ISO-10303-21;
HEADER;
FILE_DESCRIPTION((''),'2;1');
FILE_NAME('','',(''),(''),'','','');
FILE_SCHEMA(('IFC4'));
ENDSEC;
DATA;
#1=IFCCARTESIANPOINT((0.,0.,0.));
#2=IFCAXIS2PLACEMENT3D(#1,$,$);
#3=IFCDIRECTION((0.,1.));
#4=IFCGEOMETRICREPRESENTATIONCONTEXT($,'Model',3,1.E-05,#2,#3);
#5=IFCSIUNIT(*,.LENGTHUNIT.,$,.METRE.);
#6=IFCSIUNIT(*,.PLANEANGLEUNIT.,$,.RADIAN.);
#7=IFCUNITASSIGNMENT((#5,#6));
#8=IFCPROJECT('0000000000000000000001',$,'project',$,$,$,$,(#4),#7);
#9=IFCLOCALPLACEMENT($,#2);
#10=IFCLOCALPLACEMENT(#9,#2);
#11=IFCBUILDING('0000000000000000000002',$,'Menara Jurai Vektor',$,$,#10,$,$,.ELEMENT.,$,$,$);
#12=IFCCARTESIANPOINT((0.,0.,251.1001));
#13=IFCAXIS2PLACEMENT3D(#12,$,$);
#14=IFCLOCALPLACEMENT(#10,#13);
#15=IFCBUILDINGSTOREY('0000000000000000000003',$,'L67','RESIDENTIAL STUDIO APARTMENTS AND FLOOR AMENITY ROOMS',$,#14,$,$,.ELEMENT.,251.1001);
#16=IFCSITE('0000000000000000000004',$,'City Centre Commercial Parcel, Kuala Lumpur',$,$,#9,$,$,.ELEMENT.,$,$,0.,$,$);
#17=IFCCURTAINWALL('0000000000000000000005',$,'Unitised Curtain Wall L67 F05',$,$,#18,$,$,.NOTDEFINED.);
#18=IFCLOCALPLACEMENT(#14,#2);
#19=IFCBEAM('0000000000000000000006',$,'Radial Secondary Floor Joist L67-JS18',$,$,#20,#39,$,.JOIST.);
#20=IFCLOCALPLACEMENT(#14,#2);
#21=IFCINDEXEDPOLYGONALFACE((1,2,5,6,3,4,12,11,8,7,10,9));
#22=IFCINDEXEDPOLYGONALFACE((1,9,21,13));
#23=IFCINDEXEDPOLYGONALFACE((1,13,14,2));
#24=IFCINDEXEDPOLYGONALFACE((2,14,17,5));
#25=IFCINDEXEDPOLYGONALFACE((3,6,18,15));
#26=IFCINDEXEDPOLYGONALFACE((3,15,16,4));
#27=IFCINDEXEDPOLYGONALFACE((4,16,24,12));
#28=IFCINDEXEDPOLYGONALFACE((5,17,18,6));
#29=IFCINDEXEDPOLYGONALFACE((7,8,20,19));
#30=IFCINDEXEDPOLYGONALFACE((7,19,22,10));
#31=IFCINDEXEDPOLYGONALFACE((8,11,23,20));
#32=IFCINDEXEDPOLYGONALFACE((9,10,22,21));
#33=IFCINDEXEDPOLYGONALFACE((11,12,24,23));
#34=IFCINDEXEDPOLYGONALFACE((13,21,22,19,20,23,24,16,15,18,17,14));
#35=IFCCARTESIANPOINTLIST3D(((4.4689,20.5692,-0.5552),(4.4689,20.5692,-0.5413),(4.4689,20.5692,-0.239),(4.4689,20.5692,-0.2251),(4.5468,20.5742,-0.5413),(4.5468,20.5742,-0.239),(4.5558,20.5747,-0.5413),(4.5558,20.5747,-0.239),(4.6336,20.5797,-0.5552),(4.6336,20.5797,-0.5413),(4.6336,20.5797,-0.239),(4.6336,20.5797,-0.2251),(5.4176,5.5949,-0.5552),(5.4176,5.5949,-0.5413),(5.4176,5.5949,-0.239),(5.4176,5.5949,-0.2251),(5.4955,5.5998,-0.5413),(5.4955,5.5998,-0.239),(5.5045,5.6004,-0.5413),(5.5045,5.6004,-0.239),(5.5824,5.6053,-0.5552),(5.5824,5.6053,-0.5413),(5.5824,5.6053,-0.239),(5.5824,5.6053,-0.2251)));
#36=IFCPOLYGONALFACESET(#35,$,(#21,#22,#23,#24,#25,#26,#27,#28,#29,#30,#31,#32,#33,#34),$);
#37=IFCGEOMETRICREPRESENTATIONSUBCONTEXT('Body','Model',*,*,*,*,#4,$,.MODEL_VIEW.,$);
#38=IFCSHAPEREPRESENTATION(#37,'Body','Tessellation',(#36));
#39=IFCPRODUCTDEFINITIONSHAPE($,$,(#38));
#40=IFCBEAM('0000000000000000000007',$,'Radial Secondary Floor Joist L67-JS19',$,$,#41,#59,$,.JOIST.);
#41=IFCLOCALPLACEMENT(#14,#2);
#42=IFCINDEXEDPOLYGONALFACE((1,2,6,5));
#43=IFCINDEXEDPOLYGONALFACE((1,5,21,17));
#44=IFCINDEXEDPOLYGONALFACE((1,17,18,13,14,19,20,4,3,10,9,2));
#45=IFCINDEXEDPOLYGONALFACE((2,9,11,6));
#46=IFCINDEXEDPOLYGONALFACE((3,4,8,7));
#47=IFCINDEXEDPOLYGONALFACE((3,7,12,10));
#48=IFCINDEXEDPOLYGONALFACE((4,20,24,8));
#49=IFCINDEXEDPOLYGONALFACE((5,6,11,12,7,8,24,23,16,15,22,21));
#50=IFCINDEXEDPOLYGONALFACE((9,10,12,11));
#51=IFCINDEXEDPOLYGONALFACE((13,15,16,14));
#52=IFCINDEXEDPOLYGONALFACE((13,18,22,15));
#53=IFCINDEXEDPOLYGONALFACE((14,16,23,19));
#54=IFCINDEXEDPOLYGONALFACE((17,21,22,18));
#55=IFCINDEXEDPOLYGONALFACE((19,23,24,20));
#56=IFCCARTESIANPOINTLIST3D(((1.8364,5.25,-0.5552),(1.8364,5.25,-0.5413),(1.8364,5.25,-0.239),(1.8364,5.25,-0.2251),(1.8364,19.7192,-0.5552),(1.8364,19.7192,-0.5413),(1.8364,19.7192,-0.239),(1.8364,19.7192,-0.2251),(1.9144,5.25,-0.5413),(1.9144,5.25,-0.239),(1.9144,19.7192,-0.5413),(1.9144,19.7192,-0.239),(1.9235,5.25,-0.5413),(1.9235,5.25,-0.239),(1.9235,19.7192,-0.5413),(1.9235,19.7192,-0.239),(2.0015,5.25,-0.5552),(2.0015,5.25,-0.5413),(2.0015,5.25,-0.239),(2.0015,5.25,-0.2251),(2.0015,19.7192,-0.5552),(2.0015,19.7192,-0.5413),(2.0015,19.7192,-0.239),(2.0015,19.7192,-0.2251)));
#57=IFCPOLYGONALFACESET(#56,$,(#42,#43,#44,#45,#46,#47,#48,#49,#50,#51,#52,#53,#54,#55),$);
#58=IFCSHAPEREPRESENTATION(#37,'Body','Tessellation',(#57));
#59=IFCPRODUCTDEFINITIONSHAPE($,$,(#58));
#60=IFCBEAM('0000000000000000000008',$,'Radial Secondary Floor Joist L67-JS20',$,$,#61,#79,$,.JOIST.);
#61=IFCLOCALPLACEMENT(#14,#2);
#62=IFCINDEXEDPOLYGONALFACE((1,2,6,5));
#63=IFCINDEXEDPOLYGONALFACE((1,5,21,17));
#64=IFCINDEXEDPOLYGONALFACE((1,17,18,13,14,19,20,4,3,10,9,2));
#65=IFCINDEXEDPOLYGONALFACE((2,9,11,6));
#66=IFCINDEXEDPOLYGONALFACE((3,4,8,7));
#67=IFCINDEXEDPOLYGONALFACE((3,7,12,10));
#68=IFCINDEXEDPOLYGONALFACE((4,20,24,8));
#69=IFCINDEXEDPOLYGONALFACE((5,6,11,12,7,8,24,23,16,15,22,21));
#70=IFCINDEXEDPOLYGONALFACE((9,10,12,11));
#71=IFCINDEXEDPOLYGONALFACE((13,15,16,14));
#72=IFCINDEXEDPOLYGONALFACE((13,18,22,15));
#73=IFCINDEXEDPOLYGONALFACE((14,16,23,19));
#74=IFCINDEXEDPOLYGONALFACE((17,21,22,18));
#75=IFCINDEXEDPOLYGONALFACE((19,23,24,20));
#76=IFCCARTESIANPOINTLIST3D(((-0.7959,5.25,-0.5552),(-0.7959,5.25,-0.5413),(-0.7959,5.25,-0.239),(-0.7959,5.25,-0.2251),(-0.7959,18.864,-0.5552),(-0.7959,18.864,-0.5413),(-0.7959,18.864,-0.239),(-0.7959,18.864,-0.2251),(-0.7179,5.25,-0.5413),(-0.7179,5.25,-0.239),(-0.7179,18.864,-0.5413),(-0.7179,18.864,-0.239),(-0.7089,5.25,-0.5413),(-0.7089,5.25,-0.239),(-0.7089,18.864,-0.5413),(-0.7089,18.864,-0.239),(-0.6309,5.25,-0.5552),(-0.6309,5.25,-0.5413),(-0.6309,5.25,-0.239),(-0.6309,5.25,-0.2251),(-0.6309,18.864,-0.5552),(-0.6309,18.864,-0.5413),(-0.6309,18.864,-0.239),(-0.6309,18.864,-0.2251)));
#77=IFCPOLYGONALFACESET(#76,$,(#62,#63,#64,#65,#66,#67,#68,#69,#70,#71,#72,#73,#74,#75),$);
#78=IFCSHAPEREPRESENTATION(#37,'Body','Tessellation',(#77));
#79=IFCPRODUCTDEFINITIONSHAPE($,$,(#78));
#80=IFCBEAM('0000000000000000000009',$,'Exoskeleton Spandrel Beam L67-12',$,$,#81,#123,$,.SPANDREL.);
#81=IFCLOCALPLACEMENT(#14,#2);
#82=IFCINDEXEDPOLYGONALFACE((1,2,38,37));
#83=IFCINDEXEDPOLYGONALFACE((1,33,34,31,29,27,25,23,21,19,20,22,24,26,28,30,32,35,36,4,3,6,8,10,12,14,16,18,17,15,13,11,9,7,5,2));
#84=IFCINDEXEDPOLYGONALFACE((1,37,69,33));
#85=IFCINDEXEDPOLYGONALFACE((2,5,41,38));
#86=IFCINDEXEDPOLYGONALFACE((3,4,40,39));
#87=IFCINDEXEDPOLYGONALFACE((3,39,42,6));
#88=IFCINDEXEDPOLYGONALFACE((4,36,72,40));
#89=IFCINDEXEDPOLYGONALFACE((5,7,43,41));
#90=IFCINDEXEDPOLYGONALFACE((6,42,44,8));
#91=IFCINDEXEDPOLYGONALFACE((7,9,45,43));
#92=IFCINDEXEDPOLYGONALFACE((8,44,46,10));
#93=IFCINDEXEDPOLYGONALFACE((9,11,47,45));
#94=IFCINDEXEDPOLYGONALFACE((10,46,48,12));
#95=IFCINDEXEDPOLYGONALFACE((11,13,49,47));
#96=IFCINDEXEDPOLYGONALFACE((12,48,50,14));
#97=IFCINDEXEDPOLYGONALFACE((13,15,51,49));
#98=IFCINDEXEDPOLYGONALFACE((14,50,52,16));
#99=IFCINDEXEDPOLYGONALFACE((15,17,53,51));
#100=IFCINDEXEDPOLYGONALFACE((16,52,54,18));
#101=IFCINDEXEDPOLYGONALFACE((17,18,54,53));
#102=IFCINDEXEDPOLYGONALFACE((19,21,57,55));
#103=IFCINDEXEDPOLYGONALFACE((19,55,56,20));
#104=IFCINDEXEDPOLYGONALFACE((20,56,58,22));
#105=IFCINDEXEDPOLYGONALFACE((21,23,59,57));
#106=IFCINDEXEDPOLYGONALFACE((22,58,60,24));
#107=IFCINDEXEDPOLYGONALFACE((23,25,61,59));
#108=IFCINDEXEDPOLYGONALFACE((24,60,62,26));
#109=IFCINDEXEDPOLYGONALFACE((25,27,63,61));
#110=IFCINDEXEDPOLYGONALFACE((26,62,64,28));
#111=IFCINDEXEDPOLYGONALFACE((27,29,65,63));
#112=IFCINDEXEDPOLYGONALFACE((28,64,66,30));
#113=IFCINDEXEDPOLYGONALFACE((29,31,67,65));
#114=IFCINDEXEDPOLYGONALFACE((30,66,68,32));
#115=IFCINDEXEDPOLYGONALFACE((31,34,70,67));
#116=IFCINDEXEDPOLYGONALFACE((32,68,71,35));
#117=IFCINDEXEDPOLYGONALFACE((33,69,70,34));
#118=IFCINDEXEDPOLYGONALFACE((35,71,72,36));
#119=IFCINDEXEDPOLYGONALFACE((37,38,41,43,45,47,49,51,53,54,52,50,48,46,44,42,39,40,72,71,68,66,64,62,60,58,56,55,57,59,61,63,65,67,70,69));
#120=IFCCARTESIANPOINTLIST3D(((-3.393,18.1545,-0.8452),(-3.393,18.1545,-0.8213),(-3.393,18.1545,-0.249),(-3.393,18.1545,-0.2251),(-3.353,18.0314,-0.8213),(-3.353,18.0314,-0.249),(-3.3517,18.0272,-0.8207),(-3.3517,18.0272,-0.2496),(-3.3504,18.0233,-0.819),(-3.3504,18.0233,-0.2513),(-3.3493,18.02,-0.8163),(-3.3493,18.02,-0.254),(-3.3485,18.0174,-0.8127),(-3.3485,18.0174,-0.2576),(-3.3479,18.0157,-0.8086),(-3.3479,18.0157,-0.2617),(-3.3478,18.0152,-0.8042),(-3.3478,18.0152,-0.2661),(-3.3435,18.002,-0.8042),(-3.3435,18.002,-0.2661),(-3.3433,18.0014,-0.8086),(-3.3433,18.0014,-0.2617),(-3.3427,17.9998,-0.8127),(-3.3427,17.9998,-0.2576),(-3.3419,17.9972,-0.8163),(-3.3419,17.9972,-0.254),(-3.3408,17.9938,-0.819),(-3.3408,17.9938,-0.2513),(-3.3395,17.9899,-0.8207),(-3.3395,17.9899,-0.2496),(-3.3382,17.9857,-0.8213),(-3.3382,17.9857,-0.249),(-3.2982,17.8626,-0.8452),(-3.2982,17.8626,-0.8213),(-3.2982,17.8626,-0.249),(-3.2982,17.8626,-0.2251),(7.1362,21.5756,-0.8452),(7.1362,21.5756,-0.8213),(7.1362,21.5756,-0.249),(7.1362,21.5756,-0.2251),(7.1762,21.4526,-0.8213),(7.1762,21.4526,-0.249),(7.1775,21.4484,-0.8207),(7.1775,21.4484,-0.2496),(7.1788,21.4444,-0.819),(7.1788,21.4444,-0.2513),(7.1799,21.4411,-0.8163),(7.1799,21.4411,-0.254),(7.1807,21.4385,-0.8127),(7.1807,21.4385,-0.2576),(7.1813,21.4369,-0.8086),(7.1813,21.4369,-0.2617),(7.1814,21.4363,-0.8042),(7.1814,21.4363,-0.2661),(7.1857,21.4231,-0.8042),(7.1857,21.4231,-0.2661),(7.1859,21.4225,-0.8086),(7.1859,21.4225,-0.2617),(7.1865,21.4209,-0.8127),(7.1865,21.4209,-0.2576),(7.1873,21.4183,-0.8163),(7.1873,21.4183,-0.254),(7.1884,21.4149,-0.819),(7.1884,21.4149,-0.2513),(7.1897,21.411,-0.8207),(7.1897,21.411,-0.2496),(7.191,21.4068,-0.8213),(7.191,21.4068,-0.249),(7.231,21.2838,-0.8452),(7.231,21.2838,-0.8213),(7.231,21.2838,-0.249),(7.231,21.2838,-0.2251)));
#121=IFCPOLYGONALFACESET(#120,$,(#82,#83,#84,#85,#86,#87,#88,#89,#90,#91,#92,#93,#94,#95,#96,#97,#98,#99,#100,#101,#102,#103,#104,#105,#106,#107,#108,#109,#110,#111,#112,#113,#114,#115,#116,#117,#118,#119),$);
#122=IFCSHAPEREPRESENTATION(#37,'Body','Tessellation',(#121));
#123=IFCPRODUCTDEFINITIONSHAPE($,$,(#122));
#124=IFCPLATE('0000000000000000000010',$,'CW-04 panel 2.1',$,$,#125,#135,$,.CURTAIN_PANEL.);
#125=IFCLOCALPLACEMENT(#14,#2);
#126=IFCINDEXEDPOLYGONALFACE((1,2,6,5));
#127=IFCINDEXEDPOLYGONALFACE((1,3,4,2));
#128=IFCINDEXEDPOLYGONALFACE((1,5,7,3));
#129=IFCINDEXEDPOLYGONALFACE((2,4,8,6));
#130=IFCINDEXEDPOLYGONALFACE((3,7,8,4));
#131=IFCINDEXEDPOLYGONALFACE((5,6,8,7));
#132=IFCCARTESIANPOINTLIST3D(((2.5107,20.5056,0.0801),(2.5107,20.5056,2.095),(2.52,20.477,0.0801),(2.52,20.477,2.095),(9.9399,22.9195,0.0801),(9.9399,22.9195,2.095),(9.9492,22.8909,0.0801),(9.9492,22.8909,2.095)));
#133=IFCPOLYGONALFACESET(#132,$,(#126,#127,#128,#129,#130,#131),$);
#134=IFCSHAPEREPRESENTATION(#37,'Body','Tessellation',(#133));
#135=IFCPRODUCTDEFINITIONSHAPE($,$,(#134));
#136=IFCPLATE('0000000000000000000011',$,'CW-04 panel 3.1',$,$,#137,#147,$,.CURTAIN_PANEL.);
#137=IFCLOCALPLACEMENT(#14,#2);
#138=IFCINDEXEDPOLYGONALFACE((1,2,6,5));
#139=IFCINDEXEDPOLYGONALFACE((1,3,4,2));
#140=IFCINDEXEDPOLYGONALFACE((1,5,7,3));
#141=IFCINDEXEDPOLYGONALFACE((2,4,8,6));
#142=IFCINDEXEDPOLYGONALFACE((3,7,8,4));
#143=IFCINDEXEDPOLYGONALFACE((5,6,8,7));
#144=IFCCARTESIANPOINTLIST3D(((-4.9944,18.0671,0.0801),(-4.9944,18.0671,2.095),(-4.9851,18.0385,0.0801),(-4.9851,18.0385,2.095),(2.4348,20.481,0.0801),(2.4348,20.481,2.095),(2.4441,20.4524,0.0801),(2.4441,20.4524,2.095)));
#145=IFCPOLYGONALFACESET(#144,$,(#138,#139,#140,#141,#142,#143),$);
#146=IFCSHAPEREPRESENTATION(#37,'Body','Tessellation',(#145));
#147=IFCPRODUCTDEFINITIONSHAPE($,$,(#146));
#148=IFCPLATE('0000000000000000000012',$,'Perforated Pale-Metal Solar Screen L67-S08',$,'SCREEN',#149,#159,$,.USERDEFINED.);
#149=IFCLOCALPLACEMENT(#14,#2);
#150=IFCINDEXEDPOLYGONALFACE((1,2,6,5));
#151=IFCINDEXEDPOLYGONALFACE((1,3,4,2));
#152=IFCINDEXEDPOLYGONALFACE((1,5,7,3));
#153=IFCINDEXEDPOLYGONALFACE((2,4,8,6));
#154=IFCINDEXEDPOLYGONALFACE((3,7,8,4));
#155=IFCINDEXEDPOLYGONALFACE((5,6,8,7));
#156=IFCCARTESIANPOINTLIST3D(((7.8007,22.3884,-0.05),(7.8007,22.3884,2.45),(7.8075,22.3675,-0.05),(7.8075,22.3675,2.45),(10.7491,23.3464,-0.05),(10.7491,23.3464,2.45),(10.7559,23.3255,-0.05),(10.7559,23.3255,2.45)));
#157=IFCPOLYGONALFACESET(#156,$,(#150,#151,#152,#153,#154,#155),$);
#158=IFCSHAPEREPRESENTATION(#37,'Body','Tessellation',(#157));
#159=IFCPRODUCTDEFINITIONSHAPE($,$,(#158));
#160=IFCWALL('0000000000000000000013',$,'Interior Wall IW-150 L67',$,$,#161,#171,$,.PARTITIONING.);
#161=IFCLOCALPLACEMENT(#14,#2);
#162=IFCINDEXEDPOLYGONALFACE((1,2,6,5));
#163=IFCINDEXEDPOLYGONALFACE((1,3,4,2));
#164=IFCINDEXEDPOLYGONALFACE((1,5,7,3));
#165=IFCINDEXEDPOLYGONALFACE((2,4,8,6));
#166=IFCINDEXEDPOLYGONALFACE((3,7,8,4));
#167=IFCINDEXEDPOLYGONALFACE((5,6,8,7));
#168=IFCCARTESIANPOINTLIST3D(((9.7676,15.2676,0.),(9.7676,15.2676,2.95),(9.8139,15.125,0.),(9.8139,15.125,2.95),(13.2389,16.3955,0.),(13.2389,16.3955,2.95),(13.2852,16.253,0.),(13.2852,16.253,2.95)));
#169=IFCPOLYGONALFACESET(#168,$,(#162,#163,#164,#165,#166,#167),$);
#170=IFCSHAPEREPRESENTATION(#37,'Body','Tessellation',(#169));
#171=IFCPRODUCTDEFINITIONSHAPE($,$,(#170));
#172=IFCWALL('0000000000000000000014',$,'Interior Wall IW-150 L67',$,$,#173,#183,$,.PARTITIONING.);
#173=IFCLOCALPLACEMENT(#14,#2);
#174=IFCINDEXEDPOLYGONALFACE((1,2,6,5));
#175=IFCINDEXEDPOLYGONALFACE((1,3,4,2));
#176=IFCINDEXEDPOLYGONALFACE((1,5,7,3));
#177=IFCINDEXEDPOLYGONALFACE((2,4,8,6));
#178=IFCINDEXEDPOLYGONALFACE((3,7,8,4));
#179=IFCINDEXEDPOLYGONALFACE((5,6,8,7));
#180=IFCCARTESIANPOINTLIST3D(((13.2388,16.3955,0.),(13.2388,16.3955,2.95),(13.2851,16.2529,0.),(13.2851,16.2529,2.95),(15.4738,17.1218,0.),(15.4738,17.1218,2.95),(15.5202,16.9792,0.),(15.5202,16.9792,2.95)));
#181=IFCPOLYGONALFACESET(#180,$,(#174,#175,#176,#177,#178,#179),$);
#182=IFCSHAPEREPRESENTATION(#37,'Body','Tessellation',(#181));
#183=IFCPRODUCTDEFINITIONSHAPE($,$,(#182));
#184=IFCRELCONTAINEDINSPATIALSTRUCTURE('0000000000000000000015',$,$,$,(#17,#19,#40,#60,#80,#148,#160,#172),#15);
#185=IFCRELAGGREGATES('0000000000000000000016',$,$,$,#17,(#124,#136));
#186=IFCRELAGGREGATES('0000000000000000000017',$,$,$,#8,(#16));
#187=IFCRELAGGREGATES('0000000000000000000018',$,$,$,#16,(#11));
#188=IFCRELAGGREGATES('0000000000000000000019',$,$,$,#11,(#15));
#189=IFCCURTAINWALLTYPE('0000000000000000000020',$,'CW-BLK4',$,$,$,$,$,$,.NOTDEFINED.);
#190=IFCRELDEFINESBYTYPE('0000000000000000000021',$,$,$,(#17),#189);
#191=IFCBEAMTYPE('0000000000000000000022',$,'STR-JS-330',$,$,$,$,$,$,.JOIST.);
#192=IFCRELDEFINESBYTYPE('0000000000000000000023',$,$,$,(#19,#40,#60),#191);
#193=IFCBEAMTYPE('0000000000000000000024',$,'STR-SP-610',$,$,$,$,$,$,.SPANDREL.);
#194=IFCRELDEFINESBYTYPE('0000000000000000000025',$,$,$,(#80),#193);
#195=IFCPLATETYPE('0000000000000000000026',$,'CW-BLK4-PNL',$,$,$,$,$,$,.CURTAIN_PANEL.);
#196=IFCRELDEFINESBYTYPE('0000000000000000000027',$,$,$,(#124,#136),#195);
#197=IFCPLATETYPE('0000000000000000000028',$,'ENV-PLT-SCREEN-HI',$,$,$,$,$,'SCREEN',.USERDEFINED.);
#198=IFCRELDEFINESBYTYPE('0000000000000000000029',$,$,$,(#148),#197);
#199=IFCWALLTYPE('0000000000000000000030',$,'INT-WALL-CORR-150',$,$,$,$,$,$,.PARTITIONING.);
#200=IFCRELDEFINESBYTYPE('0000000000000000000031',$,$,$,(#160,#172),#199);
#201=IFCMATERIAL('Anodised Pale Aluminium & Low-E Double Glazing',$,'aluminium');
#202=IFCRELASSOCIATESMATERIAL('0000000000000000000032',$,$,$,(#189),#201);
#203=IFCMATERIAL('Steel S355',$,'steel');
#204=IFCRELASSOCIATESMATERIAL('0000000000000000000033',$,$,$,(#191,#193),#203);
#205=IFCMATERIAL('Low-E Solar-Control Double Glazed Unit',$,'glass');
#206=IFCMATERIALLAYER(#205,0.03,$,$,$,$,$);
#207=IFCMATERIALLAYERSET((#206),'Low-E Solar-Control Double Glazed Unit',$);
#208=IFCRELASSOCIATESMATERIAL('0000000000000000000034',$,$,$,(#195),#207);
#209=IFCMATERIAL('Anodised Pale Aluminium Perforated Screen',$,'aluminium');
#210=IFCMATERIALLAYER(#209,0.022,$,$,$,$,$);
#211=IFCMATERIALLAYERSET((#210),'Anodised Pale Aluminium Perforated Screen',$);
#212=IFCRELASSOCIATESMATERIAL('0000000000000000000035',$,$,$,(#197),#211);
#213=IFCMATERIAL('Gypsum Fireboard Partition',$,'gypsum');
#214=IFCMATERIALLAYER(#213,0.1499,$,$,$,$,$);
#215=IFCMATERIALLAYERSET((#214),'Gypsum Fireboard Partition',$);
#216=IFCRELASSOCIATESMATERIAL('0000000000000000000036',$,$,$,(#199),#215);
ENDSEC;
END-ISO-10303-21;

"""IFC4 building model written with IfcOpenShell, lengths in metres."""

from ifc_helpers import new_model, si_unit, direction, frame, frame_2d, origin, origin_2d, place, context, subcontext, project, spatial, rectangle, i_section, extrude, material, layer, layer_set, material_profile, profile_set, type_object, element, aggregate, save


model = new_model("IFC4")

# Units and contexts
model_context = context("Model", 3, precision=1e-05, world=origin(), true_north=direction((0.0, 1.0)))
body_context = subcontext(model_context, "Body", "Model", "MODEL_VIEW")
ifc_project = project(units=[si_unit("LENGTHUNIT", "METRE"), si_unit("PLANEANGLEUNIT", "RADIAN")], contexts=[model_context])

# Site, building, storey
site_placement = place(None, origin())
site = spatial("IfcSite", under=ifc_project, at=site_placement, Name="City Centre Commercial Parcel, Kuala Lumpur", CompositionType="ELEMENT", RefElevation=0.0)
building_placement = place(site_placement, origin())
building = spatial("IfcBuilding", under=site, at=building_placement, Name="Menara Jurai Vektor", CompositionType="ELEMENT")
storey_placement = place(building_placement, frame((0.0, 0.0, 251.1001)))
storey = spatial("IfcBuildingStorey", under=building, at=storey_placement, Name="L67", Description="RESIDENTIAL STUDIO APARTMENTS AND FLOOR AMENITY ROOMS", CompositionType="ELEMENT", Elevation=251.1001)

# Curtain wall
ifc_material_1 = material(Name="Anodised Pale Aluminium & Low-E Double Glazing", Category="aluminium")
curtain_wall_type = type_object("IfcCurtainWallType", Name="CW-BLK4", PredefinedType="NOTDEFINED", material=ifc_material_1)
curtain_wall_placement = place(storey_placement, origin())
curtain_wall = element("IfcCurtainWall", 1, at=curtain_wall_placement, inside=storey, type_object=curtain_wall_type, Name="Unitised Curtain Wall L67 F05", PredefinedType="NOTDEFINED")

# Beams
ifc_material_2 = material(Name="Steel S355", Category="steel")
ifc_material_profile_1 = material_profile(ifc_material_2, i_section(OverallWidth=0.165, OverallDepth=0.3301, WebThickness=0.009, FlangeThickness=0.0139, at=origin_2d()), Name="PG 330x165x46")
ifc_profile_set_1 = profile_set([ifc_material_profile_1], Name="Steel S355")
beam_type_1 = type_object("IfcBeamType", Name="STR-JS-330", PredefinedType="JOIST", material=ifc_profile_set_1)
beam_1_placement = place(storey_placement, frame((4.5513, 20.5745, -0.3901), z_axis=(0.06323, -0.997999, 0.0), x_axis=(0.997999, 0.06323, 0.0)))
element("IfcBeam", 2, at=beam_1_placement, inside=storey, type_object=beam_type_1, Name="Radial Secondary Floor Joist L67-JS18", PredefinedType="JOIST", context=body_context, shape_type="SweptSolid", body=[
    extrude(i_section(OverallWidth=0.165, OverallDepth=0.3301, WebThickness=0.009, FlangeThickness=0.0139, at=origin_2d()), origin(), (0.0, 0.0, 1.0), 15.0044),
])
beam_2_placement = place(storey_placement, frame((1.9189, 19.7192, -0.3901), z_axis=(0.0, -1.0, 0.0), x_axis=(1.0, 0.0, 0.0)))
element("IfcBeam", 3, at=beam_2_placement, inside=storey, type_object=beam_type_1, Name="Radial Secondary Floor Joist L67-JS19", PredefinedType="JOIST", context=body_context, shape_type="SweptSolid", body=[
    extrude(i_section(OverallWidth=0.165, OverallDepth=0.3301, WebThickness=0.009, FlangeThickness=0.0139, at=origin_2d()), origin(), (0.0, 0.0, 1.0), 14.4692),
])
beam_3_placement = place(storey_placement, frame((-0.7134, 18.864, -0.3901), z_axis=(0.0, -1.0, 0.0), x_axis=(1.0, 0.0, 0.0)))
element("IfcBeam", 4, at=beam_3_placement, inside=storey, type_object=beam_type_1, Name="Radial Secondary Floor Joist L67-JS20", PredefinedType="JOIST", context=body_context, shape_type="SweptSolid", body=[
    extrude(i_section(OverallWidth=0.165, OverallDepth=0.3301, WebThickness=0.009, FlangeThickness=0.0139, at=origin_2d()), origin(), (0.0, 0.0, 1.0), 13.614),
])
ifc_material_profile_2 = material_profile(ifc_material_2, i_section(OverallWidth=0.3069, OverallDepth=0.6201, WebThickness=0.0139, FlangeThickness=0.0239, FilletRadius=0.0171, at=origin_2d()), Name="UKB 610x305x179")
ifc_profile_set_2 = profile_set([ifc_material_profile_2], Name="Steel S355")
beam_type_2 = type_object("IfcBeamType", Name="STR-SP-610", PredefinedType="SPANDREL", material=ifc_profile_set_2)
beam_4_placement = place(storey_placement, frame((7.1836, 21.4297, -0.5352), z_axis=(-0.951057, -0.309014, 0.0), x_axis=(0.309014, -0.951057, 0.0)))
element("IfcBeam", 5, at=beam_4_placement, inside=storey, type_object=beam_type_2, Name="Exoskeleton Spandrel Beam L67-12", PredefinedType="SPANDREL", context=body_context, shape_type="SweptSolid", body=[
    extrude(i_section(OverallWidth=0.3069, OverallDepth=0.6201, WebThickness=0.0139, FlangeThickness=0.0239, FilletRadius=0.0171, at=origin_2d()), origin(), (0.0, 0.0, 1.0), 11.071),
])

# Plates
ifc_material_3 = material(Name="Low-E Solar-Control Double Glazed Unit", Category="glass")
ifc_layer_1 = layer(ifc_material_3, 0.03)
ifc_layer_set_1 = layer_set([ifc_layer_1], Name="Low-E Solar-Control Double Glazed Unit")
plate_type_1 = type_object("IfcPlateType", Name="CW-BLK4-PNL", PredefinedType="CURTAIN_PANEL", material=ifc_layer_set_1)
plate_1_placement = place(storey_placement, frame((6.23, 21.6982, 0.0801), z_axis=(0.0, 0.0, 1.0), x_axis=(-0.951056, -0.309017, 0.0)))
plate_1 = element("IfcPlate", 6, at=plate_1_placement, type_object=plate_type_1, Name="CW-04 panel 2.1", PredefinedType="CURTAIN_PANEL", context=body_context, shape_type="SweptSolid", body=[
    extrude(rectangle(XDim=7.8115, YDim=0.03, at=origin_2d()), origin(), (0.0, 0.0, 1.0), 2.0149),
])
plate_2_placement = place(storey_placement, frame((-1.2751, 19.2598, 0.0801), z_axis=(0.0, 0.0, 1.0), x_axis=(-0.951056, -0.309017, 0.0)))
plate_2 = element("IfcPlate", 7, at=plate_2_placement, type_object=plate_type_1, Name="CW-04 panel 3.1", PredefinedType="CURTAIN_PANEL", context=body_context, shape_type="SweptSolid", body=[
    extrude(rectangle(XDim=7.8115, YDim=0.03, at=origin_2d()), origin(), (0.0, 0.0, 1.0), 2.0149),
])
aggregate(curtain_wall, [plate_1, plate_2])
ifc_material_4 = material(Name="Anodised Pale Aluminium Perforated Screen", Category="aluminium")
ifc_layer_2 = layer(ifc_material_4, 0.022)
ifc_layer_set_2 = layer_set([ifc_layer_2], Name="Anodised Pale Aluminium Perforated Screen")
plate_type_2 = type_object("IfcPlateType", Name="ENV-PLT-SCREEN-HI", ElementType="SCREEN", PredefinedType="USERDEFINED", material=ifc_layer_set_2)
plate_3_placement = place(storey_placement, frame((9.2783, 22.8569, -0.05), z_axis=(0.0, 0.0, 1.0), x_axis=(-0.951057, -0.309017, 0.0)))
element("IfcPlate", 8, at=plate_3_placement, inside=storey, type_object=plate_type_2, Name="Perforated Pale-Metal Solar Screen L67-S08", ObjectType="SCREEN", PredefinedType="USERDEFINED", context=body_context, shape_type="SweptSolid", body=[
    extrude(rectangle(XDim=3.1001, YDim=0.022, at=origin_2d()), origin(), (0.0, 0.0, 1.0), 2.5),
])

# Walls
ifc_material_5 = material(Name="Gypsum Fireboard Partition", Category="gypsum")
ifc_layer_3 = layer(ifc_material_5, 0.1499)
ifc_layer_set_3 = layer_set([ifc_layer_3], Name="Gypsum Fireboard Partition")
wall_type = type_object("IfcWallType", Name="INT-WALL-CORR-150", PredefinedType="PARTITIONING", material=ifc_layer_set_3)
wall_1_placement = place(storey_placement, frame((9.7908, 15.1963, 0.0), z_axis=(0.0, 0.0, 1.0), x_axis=(0.951051, 0.309035, 0.0)))
element("IfcWall", 9, at=wall_1_placement, inside=storey, type_object=wall_type, Name="Interior Wall IW-150 L67", PredefinedType="PARTITIONING", context=body_context, shape_type="SweptSolid", body=[
    extrude(rectangle(XDim=3.6499, YDim=0.1499, at=frame_2d((1.825, 0.0))), origin(), (0.0, 0.0, 1.0), 2.95),
])
wall_2_placement = place(storey_placement, frame((13.262, 16.3242, 0.0), z_axis=(0.0, 0.0, 1.0), x_axis=(0.951046, 0.309051, 0.0)))
element("IfcWall", 10, at=wall_2_placement, inside=storey, type_object=wall_type, Name="Interior Wall IW-150 L67", PredefinedType="PARTITIONING", context=body_context, shape_type="SweptSolid", body=[
    extrude(rectangle(XDim=2.3501, YDim=0.1499, at=frame_2d((1.175, 0.0))), origin(), (0.0, 0.0, 1.0), 2.95),
])

save(model, "model.ifc")
